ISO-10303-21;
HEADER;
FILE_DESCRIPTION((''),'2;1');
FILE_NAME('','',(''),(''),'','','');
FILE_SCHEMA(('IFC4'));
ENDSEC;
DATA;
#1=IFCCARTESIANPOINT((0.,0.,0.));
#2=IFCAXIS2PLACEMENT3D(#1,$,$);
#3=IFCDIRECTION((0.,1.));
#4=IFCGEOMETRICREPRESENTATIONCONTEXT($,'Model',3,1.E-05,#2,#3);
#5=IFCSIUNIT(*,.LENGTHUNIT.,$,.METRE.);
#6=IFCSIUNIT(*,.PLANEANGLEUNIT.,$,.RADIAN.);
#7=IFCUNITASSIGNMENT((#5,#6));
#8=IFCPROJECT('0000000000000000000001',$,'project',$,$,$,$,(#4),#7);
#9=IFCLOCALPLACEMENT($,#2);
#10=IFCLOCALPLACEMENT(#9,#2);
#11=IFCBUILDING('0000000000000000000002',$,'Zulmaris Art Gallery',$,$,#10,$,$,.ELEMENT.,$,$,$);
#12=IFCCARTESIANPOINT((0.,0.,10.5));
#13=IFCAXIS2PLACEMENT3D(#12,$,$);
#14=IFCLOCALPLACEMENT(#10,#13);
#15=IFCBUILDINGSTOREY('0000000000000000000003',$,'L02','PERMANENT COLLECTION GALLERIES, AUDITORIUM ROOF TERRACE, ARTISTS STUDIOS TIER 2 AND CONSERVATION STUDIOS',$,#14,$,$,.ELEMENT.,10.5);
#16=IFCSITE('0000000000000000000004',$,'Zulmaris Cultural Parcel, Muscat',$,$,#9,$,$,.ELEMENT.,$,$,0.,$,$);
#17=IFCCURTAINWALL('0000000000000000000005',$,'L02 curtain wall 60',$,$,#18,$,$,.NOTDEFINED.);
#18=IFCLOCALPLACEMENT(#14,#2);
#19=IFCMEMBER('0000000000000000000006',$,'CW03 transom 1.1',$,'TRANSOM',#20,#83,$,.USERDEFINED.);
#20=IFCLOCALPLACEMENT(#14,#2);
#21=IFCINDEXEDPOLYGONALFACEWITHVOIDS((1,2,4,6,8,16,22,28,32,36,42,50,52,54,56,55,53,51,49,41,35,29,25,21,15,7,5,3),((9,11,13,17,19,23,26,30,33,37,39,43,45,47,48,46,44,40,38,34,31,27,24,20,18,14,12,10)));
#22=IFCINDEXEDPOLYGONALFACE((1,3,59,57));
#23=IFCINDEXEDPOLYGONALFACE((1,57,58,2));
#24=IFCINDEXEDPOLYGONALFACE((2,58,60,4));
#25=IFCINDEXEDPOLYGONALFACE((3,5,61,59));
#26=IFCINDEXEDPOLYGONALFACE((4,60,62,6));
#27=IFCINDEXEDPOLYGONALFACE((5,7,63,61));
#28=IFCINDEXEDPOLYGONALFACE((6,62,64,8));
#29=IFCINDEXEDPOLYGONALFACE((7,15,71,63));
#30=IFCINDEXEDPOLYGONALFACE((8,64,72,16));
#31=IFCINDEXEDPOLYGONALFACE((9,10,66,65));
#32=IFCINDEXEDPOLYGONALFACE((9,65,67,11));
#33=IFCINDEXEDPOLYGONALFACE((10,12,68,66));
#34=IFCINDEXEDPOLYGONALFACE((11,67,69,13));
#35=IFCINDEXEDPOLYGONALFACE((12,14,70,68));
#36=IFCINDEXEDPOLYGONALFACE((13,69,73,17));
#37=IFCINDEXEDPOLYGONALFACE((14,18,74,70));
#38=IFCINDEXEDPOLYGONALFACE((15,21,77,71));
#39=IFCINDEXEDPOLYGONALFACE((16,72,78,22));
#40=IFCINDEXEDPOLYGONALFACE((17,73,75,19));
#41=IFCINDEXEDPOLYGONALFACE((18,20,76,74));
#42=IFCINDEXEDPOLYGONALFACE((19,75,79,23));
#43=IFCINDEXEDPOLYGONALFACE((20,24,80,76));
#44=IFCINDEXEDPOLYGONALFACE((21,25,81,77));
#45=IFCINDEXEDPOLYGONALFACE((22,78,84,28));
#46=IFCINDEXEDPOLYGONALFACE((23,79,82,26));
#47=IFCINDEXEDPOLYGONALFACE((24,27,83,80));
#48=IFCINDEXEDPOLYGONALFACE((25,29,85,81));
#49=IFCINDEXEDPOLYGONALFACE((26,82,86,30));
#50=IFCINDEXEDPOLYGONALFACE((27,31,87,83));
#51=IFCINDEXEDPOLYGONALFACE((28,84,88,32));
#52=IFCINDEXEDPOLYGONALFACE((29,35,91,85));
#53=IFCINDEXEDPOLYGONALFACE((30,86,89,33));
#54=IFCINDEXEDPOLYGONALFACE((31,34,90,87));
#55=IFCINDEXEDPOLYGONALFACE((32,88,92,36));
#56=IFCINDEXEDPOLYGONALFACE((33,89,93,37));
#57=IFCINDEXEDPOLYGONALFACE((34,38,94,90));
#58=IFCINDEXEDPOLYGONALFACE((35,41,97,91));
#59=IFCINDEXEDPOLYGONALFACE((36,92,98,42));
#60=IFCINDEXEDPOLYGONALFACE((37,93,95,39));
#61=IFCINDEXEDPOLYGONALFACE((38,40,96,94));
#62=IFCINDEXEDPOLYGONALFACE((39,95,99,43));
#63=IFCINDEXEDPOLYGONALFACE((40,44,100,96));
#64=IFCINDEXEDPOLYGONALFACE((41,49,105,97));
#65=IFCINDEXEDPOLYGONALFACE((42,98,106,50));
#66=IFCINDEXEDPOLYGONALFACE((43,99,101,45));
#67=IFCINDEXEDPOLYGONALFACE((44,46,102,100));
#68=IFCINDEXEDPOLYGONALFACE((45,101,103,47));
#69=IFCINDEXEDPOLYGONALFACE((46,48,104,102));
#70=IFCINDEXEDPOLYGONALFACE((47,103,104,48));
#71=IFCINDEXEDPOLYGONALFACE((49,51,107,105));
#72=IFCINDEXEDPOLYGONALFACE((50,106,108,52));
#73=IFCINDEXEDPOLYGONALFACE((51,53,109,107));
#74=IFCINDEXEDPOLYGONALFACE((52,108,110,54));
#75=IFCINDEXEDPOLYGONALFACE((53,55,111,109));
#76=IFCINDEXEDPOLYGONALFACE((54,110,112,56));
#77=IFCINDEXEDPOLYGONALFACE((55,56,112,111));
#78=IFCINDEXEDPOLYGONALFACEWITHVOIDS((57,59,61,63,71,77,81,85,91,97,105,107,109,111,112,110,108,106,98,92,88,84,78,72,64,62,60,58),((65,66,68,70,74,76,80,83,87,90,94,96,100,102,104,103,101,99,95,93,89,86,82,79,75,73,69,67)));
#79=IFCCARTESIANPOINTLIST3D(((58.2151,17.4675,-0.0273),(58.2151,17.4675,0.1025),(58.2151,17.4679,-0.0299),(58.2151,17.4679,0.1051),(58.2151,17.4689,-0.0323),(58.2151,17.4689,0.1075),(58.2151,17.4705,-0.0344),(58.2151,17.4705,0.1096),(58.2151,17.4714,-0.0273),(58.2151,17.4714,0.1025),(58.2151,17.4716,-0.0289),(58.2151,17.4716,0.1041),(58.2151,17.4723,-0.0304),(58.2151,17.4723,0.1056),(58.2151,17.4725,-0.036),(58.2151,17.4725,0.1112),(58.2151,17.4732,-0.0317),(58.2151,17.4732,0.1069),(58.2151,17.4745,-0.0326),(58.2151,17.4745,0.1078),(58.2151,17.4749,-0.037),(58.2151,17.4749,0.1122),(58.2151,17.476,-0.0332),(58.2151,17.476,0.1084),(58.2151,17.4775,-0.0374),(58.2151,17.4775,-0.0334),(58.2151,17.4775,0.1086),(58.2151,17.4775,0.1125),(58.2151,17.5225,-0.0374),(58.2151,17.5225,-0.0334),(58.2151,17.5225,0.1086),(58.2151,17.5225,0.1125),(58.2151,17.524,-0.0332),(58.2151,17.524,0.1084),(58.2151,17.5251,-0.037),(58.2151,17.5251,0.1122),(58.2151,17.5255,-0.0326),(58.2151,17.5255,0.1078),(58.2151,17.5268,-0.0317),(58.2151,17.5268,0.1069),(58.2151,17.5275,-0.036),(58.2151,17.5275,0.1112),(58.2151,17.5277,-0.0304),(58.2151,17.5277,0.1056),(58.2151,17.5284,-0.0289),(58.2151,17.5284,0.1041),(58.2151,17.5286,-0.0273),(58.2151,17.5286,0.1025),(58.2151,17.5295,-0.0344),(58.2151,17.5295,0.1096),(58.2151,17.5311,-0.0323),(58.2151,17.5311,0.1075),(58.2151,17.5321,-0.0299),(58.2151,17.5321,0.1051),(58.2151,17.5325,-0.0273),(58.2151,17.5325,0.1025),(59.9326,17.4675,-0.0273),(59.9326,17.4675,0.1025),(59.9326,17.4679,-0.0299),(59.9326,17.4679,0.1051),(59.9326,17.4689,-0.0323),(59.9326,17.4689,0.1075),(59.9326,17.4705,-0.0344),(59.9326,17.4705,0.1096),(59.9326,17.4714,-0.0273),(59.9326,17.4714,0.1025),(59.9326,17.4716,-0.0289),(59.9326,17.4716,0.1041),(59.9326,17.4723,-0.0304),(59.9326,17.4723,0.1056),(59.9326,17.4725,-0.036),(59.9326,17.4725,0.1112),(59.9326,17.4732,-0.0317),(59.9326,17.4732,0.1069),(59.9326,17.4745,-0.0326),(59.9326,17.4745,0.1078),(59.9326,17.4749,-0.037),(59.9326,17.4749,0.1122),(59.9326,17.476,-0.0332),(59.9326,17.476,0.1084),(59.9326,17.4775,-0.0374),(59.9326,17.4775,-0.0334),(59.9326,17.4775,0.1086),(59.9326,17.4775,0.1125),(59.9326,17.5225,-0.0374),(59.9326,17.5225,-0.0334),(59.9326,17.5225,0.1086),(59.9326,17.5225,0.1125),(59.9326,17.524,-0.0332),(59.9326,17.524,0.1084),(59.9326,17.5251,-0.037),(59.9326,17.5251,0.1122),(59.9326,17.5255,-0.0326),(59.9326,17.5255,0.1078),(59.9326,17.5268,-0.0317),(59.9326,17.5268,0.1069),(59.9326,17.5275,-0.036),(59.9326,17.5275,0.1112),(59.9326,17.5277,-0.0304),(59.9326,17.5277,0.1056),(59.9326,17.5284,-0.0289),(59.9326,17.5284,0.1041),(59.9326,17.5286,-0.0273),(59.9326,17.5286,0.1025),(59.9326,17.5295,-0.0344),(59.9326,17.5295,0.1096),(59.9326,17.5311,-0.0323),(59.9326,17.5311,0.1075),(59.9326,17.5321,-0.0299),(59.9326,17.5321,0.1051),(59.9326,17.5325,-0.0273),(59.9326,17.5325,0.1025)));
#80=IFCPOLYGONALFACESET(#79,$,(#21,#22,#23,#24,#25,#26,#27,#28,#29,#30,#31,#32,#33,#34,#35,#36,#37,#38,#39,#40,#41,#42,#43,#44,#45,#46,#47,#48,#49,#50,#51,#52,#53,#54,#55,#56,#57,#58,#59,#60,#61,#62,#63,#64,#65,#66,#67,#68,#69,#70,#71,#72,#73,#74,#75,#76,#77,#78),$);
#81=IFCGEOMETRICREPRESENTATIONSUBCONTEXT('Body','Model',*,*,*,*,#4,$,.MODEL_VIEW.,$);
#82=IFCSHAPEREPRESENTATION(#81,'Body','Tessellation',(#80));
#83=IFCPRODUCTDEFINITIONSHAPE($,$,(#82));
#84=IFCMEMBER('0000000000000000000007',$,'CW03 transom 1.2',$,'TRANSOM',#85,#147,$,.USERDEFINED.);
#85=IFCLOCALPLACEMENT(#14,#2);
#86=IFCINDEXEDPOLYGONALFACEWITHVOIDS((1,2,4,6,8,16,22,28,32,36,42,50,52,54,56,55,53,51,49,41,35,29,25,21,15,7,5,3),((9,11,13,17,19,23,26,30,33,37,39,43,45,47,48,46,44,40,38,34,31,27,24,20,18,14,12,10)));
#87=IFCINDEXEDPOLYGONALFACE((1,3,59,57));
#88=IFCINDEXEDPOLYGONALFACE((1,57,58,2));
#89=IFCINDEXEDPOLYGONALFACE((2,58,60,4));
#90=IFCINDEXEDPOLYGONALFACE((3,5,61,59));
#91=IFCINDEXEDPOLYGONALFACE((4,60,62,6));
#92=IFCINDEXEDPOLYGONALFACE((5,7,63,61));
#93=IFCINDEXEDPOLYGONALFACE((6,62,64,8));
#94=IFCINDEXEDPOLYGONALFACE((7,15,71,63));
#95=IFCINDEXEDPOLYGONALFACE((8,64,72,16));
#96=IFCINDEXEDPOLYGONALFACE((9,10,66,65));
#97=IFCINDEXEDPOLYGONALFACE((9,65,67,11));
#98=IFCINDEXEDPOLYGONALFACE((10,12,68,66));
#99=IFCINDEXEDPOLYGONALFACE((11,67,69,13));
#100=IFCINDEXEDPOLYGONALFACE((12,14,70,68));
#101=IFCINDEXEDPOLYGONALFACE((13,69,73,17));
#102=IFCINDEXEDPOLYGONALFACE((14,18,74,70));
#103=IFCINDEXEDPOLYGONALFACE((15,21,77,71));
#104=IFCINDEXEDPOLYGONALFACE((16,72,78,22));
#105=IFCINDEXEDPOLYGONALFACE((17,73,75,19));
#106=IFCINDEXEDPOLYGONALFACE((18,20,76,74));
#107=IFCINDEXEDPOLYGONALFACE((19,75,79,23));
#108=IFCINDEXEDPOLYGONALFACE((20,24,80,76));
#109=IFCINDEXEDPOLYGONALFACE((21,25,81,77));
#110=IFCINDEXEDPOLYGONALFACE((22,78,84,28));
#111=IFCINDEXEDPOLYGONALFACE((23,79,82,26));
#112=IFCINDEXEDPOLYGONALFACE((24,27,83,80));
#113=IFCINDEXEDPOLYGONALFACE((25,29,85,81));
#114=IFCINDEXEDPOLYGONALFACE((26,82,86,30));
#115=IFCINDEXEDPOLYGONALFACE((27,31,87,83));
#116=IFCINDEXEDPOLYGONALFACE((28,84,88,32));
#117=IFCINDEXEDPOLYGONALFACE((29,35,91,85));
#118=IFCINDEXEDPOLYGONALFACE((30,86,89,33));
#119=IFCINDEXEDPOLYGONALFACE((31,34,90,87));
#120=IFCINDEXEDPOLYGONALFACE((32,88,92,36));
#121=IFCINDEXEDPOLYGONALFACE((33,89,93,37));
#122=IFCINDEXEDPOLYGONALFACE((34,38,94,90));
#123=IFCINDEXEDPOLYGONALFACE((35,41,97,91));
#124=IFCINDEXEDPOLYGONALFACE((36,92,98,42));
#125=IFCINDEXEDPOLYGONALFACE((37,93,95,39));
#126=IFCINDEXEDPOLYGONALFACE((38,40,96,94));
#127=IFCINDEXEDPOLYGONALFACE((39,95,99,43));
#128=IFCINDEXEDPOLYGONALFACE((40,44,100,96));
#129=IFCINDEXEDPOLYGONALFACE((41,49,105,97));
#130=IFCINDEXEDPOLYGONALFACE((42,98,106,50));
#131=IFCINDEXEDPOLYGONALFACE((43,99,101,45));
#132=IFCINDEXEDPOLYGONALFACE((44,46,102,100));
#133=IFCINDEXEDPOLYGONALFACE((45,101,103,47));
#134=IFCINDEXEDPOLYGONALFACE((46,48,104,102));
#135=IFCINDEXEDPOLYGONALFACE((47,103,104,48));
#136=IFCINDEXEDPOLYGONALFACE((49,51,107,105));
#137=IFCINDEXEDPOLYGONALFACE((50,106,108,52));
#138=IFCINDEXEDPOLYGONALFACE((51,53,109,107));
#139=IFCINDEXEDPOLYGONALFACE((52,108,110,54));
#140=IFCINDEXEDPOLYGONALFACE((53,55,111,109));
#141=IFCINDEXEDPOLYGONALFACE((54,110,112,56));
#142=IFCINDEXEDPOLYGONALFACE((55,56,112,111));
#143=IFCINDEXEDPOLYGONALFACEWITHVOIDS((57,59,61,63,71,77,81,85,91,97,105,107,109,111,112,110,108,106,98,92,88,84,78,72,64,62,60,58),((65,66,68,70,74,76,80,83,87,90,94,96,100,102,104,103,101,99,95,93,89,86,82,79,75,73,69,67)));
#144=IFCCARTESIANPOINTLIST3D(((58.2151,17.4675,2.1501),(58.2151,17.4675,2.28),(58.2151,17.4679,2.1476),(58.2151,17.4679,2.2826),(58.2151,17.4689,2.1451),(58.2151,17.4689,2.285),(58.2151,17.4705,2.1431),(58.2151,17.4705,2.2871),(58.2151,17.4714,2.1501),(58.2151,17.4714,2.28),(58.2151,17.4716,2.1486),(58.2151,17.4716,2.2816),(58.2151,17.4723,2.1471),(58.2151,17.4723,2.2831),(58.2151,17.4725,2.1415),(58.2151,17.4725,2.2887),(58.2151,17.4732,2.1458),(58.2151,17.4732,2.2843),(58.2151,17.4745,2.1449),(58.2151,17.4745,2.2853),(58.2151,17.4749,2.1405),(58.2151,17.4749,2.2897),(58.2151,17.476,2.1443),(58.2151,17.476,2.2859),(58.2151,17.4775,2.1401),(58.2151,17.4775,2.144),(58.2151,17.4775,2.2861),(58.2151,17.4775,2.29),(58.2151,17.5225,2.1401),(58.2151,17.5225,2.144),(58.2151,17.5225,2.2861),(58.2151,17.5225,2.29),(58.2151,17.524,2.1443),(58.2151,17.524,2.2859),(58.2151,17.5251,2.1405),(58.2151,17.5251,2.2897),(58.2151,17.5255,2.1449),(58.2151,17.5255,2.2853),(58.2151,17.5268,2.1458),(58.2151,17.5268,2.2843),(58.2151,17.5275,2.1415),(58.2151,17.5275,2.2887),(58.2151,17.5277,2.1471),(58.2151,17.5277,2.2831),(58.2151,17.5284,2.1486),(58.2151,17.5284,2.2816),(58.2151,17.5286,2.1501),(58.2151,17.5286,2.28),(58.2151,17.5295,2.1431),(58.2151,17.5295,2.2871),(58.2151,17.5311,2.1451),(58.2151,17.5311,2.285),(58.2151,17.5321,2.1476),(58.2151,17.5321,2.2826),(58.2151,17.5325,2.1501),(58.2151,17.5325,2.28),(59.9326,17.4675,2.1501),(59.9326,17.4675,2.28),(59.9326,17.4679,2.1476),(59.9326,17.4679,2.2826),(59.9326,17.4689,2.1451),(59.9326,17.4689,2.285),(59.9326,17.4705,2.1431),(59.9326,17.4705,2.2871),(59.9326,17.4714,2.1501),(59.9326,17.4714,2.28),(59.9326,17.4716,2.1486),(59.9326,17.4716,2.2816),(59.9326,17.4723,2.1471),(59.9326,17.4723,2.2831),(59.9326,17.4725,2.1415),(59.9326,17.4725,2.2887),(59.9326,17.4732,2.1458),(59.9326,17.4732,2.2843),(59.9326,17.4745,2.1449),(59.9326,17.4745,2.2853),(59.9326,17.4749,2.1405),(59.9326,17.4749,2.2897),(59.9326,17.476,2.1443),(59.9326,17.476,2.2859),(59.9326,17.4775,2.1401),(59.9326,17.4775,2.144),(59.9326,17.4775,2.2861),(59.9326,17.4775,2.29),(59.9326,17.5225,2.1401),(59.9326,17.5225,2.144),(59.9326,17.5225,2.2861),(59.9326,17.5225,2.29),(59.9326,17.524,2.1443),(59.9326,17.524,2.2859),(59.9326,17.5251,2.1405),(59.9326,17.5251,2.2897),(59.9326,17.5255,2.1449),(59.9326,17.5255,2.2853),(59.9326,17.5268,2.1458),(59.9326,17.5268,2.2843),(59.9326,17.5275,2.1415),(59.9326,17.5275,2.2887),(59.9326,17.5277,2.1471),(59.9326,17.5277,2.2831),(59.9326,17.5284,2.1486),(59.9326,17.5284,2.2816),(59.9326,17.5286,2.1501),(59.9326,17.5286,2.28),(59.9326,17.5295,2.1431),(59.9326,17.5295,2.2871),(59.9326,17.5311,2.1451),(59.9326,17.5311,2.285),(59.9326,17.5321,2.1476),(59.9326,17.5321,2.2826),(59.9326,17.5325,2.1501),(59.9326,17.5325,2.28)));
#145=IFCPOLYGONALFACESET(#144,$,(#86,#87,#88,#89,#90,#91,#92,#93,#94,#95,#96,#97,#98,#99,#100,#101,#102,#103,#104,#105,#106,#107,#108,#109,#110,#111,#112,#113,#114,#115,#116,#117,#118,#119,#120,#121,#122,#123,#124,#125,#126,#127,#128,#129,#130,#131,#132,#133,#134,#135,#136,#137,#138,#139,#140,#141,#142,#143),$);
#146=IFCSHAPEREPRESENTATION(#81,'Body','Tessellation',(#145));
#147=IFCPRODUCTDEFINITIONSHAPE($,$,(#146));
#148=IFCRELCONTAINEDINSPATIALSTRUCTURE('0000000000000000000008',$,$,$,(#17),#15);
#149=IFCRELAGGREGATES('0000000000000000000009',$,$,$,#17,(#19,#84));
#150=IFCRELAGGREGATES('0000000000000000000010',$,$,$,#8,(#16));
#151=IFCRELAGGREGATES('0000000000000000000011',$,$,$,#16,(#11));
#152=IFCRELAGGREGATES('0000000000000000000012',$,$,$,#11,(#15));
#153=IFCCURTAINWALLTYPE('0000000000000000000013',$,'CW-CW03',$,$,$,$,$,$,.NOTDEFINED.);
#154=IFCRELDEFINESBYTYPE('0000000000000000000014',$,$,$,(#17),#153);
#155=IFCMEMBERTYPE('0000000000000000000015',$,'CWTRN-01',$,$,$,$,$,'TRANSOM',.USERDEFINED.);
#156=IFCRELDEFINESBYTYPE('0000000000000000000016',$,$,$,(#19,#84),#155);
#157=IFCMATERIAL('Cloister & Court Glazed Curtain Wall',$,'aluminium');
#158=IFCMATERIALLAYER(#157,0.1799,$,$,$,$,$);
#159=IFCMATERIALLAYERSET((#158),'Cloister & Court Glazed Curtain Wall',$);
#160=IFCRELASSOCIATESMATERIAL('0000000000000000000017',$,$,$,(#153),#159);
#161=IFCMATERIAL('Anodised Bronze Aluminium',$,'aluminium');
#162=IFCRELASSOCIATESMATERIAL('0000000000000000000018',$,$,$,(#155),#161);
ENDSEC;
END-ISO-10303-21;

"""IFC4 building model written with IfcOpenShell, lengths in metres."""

from ifc_helpers import new_model, si_unit, direction, frame, origin, origin_2d, place, context, subcontext, project, spatial, hollow_rectangle, extrude, material, layer, layer_set, material_profile, profile_set, type_object, element, aggregate, save


model = new_model("IFC4")

# Units and contexts
model_context = context("Model", 3, precision=1e-05, world=origin(), true_north=direction((0.0, 1.0)))
body_context = subcontext(model_context, "Body", "Model", "MODEL_VIEW")
ifc_project = project(units=[si_unit("LENGTHUNIT", "METRE"), si_unit("PLANEANGLEUNIT", "RADIAN")], contexts=[model_context])

# Site, building, storey
site_placement = place(None, origin())
site = spatial("IfcSite", under=ifc_project, at=site_placement, Name="Zulmaris Cultural Parcel, Muscat", CompositionType="ELEMENT", RefElevation=0.0)
building_placement = place(site_placement, origin())
building = spatial("IfcBuilding", under=site, at=building_placement, Name="Zulmaris Art Gallery", CompositionType="ELEMENT")
storey_placement = place(building_placement, frame((0.0, 0.0, 10.5)))
storey = spatial("IfcBuildingStorey", under=building, at=storey_placement, Name="L02", Description="PERMANENT COLLECTION GALLERIES, AUDITORIUM ROOF TERRACE, ARTISTS STUDIOS TIER 2 AND CONSERVATION STUDIOS", CompositionType="ELEMENT", Elevation=10.5)

# Shared definitions
ifc_material_1 = material(Name="Cloister & Court Glazed Curtain Wall", Category="aluminium")
ifc_layer_1 = layer(ifc_material_1, 0.1799)
ifc_layer_set_1 = layer_set([ifc_layer_1], Name="Cloister & Court Glazed Curtain Wall")
curtain_wall_type = type_object("IfcCurtainWallType", Name="CW-CW03", PredefinedType="NOTDEFINED", material=ifc_layer_set_1)
ifc_material_2 = material(Name="Anodised Bronze Aluminium", Category="aluminium")

# Curtain wall, members
curtain_wall_1_placement = place(storey_placement, origin())
curtain_wall_1 = element("IfcCurtainWall", 1, at=curtain_wall_1_placement, inside=storey, type_object=curtain_wall_type, Name="L02 curtain wall 60", PredefinedType="NOTDEFINED")
ifc_material_profile_1 = material_profile(ifc_material_2, hollow_rectangle(XDim=0.0649, YDim=0.1499, WallThickness=0.0039, InnerFilletRadius=0.0061, OuterFilletRadius=0.01, at=origin_2d()), Name="ALU 65x150x4")
ifc_profile_set_1 = profile_set([ifc_material_profile_1], Name="Anodised Bronze Aluminium")
member_type_1 = type_object("IfcMemberType", Name="CWTRN-01", ElementType="TRANSOM", PredefinedType="USERDEFINED", material=ifc_profile_set_1)
member_1_placement = place(storey_placement, frame((58.2151, 17.5, 0.0376), z_axis=(1.0, 0.0, 0.0), x_axis=(0.0, 1.0, 0.0)))
member_1 = element("IfcMember", 2, at=member_1_placement, type_object=member_type_1, Name="CW03 transom 1.1", ObjectType="TRANSOM", PredefinedType="USERDEFINED", context=body_context, shape_type="SweptSolid", body=[
    extrude(hollow_rectangle(XDim=0.0649, YDim=0.1499, WallThickness=0.0039, InnerFilletRadius=0.0061, OuterFilletRadius=0.01, at=origin_2d()), origin(), (0.0, 0.0, 1.0), 1.7175),
])
member_2_placement = place(storey_placement, frame((58.2151, 17.5, 2.2151), z_axis=(1.0, 0.0, 0.0), x_axis=(0.0, 1.0, 0.0)))
member_2 = element("IfcMember", 3, at=member_2_placement, type_object=member_type_1, Name="CW03 transom 1.2", ObjectType="TRANSOM", PredefinedType="USERDEFINED", context=body_context, shape_type="SweptSolid", body=[
    extrude(hollow_rectangle(XDim=0.0649, YDim=0.1499, WallThickness=0.0039, InnerFilletRadius=0.0061, OuterFilletRadius=0.01, at=origin_2d()), origin(), (0.0, 0.0, 1.0), 1.7175),
])
aggregate(curtain_wall_1, [member_1, member_2])

save(model, "model.ifc")
